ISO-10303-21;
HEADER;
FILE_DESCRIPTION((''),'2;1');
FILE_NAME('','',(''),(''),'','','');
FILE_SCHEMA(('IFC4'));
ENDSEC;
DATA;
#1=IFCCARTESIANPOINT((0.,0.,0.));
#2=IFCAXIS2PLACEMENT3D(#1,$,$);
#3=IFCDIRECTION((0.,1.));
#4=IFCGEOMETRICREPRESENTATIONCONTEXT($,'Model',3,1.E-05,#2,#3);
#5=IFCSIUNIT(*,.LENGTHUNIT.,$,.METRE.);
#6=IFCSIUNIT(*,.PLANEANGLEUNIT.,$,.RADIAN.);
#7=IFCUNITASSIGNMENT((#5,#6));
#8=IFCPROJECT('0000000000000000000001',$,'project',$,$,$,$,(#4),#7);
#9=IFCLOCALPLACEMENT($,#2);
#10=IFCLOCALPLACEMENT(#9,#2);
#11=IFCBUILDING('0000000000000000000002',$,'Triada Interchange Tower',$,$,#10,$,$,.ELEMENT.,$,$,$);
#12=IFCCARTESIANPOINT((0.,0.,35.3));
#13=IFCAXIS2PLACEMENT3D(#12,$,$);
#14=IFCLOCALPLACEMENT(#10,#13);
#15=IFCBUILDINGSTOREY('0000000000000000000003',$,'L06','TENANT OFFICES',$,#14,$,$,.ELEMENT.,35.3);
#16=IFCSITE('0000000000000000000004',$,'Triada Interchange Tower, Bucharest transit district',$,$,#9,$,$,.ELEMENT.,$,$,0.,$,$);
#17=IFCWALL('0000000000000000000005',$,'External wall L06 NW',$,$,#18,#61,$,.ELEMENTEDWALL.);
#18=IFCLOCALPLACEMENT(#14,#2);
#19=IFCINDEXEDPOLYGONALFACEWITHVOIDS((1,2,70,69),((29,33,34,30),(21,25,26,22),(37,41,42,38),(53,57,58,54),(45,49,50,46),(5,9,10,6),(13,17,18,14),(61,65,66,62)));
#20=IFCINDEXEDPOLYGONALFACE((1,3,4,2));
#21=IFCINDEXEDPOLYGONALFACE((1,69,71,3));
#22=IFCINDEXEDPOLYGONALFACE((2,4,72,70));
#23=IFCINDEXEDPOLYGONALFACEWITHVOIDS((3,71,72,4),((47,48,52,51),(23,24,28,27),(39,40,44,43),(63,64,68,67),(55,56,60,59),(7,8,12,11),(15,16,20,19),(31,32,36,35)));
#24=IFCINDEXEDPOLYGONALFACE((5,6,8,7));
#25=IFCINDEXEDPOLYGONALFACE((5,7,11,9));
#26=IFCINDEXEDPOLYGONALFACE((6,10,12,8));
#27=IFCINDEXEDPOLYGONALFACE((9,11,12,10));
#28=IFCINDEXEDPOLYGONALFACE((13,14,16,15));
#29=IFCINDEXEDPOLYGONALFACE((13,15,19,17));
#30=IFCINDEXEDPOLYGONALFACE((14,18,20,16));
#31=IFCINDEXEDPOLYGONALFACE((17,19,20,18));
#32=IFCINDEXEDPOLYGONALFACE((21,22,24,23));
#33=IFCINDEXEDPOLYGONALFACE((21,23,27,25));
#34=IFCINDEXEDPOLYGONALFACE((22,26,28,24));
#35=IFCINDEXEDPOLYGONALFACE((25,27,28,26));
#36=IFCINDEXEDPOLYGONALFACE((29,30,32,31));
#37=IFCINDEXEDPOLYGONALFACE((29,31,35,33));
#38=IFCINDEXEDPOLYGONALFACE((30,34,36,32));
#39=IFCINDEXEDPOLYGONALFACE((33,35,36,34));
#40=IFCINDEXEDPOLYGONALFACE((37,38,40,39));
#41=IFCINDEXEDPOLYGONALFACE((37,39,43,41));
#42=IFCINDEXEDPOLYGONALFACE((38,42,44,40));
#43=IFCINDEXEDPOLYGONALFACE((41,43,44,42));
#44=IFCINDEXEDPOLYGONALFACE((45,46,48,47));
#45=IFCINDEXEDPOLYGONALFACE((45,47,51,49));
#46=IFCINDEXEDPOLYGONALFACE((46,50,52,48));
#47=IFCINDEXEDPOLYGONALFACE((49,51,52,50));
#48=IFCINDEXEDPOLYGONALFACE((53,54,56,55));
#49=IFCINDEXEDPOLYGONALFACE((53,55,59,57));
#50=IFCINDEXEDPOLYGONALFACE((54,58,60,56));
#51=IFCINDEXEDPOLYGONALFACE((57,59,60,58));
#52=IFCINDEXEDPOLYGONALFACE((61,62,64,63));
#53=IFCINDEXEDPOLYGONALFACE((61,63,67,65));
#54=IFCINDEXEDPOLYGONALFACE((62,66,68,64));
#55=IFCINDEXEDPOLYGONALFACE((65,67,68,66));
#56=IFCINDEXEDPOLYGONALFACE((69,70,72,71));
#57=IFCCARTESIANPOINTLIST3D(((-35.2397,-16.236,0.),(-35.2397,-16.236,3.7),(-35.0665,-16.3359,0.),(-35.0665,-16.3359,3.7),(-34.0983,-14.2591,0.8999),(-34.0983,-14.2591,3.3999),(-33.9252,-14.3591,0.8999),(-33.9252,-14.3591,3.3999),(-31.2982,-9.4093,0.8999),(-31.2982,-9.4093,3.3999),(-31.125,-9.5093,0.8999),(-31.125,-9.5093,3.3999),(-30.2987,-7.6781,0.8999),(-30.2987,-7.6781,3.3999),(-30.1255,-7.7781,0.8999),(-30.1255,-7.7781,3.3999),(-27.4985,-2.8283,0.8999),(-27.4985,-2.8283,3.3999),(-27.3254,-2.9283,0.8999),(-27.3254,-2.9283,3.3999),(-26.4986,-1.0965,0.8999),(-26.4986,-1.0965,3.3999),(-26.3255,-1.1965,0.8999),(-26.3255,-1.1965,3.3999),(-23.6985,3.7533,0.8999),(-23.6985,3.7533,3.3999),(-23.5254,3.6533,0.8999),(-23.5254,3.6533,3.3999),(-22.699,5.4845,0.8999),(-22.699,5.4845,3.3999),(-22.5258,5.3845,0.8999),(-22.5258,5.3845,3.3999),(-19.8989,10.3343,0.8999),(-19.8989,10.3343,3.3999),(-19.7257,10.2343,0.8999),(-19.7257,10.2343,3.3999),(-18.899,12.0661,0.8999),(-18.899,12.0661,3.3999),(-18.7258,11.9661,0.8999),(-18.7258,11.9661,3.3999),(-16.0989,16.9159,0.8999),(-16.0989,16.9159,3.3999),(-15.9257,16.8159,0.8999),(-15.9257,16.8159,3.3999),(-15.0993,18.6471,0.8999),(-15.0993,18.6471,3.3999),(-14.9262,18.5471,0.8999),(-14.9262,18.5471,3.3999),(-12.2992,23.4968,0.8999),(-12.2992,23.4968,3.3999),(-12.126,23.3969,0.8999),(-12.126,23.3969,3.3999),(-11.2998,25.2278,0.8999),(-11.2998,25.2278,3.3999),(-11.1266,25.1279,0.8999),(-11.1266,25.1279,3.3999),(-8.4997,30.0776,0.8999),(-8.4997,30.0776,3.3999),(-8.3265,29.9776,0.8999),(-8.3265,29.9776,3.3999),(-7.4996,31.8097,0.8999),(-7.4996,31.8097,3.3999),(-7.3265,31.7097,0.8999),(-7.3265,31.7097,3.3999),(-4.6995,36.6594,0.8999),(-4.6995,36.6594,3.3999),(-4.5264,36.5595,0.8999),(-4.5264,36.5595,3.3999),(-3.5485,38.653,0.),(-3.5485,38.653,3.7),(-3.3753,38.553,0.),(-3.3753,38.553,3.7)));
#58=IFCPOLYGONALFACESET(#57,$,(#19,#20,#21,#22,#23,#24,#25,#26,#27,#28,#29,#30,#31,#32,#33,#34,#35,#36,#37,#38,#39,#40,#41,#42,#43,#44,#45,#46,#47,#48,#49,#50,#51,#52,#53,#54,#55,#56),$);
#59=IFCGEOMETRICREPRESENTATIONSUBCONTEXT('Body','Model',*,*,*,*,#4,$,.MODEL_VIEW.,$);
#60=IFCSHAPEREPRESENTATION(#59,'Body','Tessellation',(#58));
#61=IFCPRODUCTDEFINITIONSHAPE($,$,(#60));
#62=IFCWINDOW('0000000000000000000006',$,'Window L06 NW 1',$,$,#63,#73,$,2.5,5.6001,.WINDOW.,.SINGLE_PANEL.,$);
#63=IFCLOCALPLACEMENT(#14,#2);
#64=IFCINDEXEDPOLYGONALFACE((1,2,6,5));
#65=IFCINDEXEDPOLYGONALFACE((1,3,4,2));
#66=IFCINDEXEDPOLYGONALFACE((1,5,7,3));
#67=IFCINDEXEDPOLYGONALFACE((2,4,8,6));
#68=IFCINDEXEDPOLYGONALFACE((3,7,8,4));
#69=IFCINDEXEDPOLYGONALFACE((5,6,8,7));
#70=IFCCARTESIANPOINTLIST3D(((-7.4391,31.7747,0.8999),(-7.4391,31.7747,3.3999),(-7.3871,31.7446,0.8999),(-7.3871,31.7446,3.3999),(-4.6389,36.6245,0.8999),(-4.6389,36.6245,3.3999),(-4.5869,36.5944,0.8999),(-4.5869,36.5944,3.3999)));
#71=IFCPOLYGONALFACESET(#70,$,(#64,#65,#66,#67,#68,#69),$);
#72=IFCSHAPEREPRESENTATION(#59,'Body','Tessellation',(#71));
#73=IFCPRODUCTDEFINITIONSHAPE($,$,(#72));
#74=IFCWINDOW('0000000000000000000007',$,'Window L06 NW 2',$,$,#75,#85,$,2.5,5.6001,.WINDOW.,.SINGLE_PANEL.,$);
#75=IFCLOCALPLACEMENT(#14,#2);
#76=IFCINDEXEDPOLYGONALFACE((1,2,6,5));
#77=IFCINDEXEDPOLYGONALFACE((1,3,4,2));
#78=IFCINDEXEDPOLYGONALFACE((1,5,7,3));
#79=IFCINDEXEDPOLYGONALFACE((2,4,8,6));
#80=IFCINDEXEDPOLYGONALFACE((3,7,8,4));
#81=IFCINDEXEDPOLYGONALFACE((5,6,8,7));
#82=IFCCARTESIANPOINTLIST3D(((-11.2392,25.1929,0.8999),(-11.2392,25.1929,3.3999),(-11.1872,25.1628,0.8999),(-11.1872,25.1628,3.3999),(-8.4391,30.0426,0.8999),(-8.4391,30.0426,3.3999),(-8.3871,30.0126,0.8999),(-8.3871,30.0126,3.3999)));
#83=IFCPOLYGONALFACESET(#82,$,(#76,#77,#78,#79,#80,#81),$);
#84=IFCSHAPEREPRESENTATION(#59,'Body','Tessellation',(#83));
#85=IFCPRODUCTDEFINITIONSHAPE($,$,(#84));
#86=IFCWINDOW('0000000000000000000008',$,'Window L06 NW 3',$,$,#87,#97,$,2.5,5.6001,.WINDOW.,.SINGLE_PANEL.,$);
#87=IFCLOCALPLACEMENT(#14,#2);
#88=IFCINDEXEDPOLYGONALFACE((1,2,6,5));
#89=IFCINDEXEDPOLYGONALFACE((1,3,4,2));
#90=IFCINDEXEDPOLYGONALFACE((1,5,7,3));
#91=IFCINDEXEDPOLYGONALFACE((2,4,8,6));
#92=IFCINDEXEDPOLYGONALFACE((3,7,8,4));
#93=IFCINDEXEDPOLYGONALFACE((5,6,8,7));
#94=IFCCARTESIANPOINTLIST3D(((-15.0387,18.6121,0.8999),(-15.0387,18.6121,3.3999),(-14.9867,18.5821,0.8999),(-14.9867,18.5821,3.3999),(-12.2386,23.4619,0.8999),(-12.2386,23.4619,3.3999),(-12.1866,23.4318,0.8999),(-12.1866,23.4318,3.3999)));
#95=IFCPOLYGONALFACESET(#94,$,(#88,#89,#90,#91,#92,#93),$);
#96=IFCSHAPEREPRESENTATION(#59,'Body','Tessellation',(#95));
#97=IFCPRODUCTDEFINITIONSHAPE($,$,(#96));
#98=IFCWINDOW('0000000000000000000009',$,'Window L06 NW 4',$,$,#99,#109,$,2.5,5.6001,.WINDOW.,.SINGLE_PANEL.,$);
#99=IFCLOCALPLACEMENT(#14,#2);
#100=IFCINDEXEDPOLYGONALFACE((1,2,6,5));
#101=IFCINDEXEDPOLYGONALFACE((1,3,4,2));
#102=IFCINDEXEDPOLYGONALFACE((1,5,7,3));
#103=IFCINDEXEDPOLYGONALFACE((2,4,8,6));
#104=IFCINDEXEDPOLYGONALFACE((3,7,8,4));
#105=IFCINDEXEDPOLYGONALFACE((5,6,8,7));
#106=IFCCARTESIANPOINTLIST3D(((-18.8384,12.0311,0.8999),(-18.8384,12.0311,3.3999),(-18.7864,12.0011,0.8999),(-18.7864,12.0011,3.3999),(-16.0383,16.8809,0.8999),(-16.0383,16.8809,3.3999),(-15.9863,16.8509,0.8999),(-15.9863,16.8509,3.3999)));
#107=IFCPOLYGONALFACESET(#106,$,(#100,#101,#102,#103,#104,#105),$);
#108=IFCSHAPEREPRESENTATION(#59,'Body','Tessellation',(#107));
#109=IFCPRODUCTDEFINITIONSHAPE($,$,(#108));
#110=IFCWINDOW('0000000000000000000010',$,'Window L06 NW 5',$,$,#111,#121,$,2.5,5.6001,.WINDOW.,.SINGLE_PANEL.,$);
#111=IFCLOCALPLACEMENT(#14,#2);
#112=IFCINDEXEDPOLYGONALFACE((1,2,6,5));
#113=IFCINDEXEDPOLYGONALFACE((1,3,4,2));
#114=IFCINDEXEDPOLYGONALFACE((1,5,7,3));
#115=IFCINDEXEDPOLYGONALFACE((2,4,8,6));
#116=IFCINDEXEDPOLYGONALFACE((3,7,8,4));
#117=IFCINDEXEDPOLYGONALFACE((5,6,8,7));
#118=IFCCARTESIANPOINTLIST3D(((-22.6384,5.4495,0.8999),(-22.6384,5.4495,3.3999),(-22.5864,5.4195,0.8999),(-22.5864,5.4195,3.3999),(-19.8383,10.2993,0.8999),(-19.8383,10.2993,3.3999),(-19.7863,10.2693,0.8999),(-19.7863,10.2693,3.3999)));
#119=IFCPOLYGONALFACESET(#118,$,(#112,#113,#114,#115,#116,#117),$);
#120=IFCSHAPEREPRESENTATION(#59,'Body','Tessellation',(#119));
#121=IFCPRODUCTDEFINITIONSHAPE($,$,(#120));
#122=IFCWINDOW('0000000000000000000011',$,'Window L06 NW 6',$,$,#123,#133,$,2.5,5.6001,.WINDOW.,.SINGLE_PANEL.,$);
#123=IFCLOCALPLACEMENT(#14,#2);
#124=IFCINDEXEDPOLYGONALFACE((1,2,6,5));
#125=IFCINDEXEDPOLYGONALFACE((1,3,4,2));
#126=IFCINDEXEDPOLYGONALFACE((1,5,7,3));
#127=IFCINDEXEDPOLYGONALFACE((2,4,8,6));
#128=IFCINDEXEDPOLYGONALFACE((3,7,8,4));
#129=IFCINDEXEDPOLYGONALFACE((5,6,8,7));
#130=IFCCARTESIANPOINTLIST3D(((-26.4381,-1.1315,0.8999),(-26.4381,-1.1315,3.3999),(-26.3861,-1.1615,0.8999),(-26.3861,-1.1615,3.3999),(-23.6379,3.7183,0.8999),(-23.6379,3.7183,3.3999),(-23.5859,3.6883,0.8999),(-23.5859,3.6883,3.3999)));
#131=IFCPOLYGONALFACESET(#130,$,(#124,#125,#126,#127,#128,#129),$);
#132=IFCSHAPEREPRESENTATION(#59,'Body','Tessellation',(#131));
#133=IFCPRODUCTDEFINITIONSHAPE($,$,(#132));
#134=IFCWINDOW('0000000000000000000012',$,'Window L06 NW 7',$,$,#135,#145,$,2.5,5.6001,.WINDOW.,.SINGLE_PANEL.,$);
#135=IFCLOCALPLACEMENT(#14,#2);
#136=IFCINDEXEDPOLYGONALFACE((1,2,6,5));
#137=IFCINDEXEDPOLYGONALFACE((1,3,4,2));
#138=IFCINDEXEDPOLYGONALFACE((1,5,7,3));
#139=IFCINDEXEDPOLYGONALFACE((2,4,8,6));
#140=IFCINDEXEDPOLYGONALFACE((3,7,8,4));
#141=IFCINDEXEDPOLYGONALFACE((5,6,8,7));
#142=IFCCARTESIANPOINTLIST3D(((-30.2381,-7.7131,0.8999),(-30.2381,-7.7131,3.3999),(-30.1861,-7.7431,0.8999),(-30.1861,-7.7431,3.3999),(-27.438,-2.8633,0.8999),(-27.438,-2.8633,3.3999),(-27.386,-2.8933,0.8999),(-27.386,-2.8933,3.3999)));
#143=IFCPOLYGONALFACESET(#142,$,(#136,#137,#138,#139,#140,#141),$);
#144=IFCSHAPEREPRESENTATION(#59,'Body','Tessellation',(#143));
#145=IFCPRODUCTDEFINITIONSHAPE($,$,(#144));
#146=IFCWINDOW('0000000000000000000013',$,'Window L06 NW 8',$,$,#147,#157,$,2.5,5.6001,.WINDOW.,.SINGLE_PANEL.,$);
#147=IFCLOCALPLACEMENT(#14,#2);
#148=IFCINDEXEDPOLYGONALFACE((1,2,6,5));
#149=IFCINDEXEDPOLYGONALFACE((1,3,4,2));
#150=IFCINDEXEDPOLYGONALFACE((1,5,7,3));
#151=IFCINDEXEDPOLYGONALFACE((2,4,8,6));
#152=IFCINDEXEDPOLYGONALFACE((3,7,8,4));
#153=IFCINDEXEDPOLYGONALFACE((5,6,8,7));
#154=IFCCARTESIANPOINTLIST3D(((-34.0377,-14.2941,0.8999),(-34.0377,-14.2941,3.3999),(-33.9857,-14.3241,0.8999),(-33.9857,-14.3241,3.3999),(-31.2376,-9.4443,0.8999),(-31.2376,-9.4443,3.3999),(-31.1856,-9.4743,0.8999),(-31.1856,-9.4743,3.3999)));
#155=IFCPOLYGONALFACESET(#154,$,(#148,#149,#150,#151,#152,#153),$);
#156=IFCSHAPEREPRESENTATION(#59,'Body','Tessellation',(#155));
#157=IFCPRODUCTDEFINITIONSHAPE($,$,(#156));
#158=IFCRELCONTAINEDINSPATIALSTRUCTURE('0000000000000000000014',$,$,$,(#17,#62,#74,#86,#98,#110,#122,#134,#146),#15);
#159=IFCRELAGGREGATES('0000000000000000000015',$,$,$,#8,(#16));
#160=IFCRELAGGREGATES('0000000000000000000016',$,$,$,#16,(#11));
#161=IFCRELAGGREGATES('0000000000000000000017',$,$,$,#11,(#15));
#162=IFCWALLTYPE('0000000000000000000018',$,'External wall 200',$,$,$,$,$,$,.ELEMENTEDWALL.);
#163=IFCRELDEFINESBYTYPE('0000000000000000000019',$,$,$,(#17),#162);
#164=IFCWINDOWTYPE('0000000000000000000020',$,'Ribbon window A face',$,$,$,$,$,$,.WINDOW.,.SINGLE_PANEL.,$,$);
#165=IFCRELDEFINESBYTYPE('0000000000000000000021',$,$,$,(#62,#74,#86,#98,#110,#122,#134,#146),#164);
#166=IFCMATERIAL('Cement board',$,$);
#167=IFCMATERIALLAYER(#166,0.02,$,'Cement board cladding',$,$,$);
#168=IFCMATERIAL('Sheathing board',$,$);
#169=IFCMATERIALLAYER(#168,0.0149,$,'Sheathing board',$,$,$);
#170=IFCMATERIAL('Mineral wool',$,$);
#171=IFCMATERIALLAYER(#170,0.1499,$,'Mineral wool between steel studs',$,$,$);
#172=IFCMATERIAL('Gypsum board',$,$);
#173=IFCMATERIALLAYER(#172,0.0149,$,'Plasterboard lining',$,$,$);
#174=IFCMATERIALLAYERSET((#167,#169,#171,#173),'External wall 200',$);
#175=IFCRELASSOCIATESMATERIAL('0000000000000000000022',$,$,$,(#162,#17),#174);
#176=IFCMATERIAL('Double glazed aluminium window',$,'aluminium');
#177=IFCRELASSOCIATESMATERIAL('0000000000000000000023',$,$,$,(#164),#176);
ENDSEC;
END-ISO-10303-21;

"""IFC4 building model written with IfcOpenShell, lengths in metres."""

from ifc_helpers import new_model, si_unit, direction, frame, frame_2d, origin, place, context, subcontext, project, spatial, rectangle, extrude, material, layer, layer_set, layer_usage, type_object, element, fill, save


model = new_model("IFC4")

# Units and contexts
model_context = context("Model", 3, precision=1e-05, world=origin(), true_north=direction((0.0, 1.0)))
body_context = subcontext(model_context, "Body", "Model", "MODEL_VIEW")
ifc_project = project(units=[si_unit("LENGTHUNIT", "METRE"), si_unit("PLANEANGLEUNIT", "RADIAN")], contexts=[model_context])

# Site, building, storey
site_placement = place(None, origin())
site = spatial("IfcSite", under=ifc_project, at=site_placement, Name="Triada Interchange Tower, Bucharest transit district", CompositionType="ELEMENT", RefElevation=0.0)
building_placement = place(site_placement, origin())
building = spatial("IfcBuilding", under=site, at=building_placement, Name="Triada Interchange Tower", CompositionType="ELEMENT")
storey_placement = place(building_placement, frame((0.0, 0.0, 35.3)))
storey = spatial("IfcBuildingStorey", under=building, at=storey_placement, Name="L06", Description="TENANT OFFICES", CompositionType="ELEMENT", Elevation=35.3)

# Wall, openings, windows
ifc_material_1 = material(Name="Cement board")
ifc_layer_1 = layer(ifc_material_1, 0.02, Name="Cement board cladding")
ifc_material_2 = material(Name="Sheathing board")
ifc_layer_2 = layer(ifc_material_2, 0.0149, Name="Sheathing board")
ifc_material_3 = material(Name="Mineral wool")
ifc_layer_3 = layer(ifc_material_3, 0.1499, Name="Mineral wool between steel studs")
ifc_material_4 = material(Name="Gypsum board")
ifc_layer_4 = layer(ifc_material_4, 0.0149, Name="Plasterboard lining")
ifc_layer_set_1 = layer_set([ifc_layer_1, ifc_layer_2, ifc_layer_3, ifc_layer_4], Name="External wall 200")
ifc_layer_usage = layer_usage(ifc_layer_set_1, "AXIS2", "POSITIVE", -0.1001)
wall_type_1 = type_object("IfcWallType", Name="External wall 200", PredefinedType="ELEMENTEDWALL", material=ifc_layer_set_1)
wall_1_placement = place(storey_placement, frame((-3.4619, 38.603, 0.0), z_axis=(0.0, 0.0, 1.0), x_axis=(-0.500012, -0.866018, 0.0)))
wall_1 = element("IfcWall", 1, at=wall_1_placement, inside=storey, type_object=wall_type_1, material=ifc_layer_usage, Name="External wall L06 NW", PredefinedType="ELEMENTEDWALL", context=body_context, shape_type="SweptSolid", body=[
    extrude(rectangle(XDim=63.3809, YDim=0.2, at=frame_2d((31.6904, 0.0))), origin(), (0.0, 0.0, 1.0), 3.7),
])
opening_1_placement = place(wall_1_placement, frame((2.302, 0.0, 0.8999)))
opening_1 = element("IfcOpeningElement", 2, at=opening_1_placement, cuts=wall_1, PredefinedType="OPENING", context=body_context, shape_type="SweptSolid", body=[
    extrude(rectangle(XDim=5.6001, YDim=2.5, at=frame_2d((2.8, 1.25))), frame((0.0, 0.1099, 0.0), z_axis=(0.0, -1.0, 0.0), x_axis=(1.0, 0.0, 0.0)), (0.0, 0.0, 1.0), 0.22),
])
opening_2_placement = place(wall_1_placement, frame((9.9021, 0.0, 0.8999)))
opening_2 = element("IfcOpeningElement", 3, at=opening_2_placement, cuts=wall_1, PredefinedType="OPENING", context=body_context, shape_type="SweptSolid", body=[
    extrude(rectangle(XDim=5.6001, YDim=2.5, at=frame_2d((2.8, 1.25))), frame((0.0, 0.1099, 0.0), z_axis=(0.0, -1.0, 0.0), x_axis=(1.0, 0.0, 0.0)), (0.0, 0.0, 1.0), 0.22),
])
opening_3_placement = place(wall_1_placement, frame((17.501, 0.0, 0.8999)))
opening_3 = element("IfcOpeningElement", 4, at=opening_3_placement, cuts=wall_1, PredefinedType="OPENING", context=body_context, shape_type="SweptSolid", body=[
    extrude(rectangle(XDim=5.6001, YDim=2.5, at=frame_2d((2.8, 1.25))), frame((0.0, 0.1099, 0.0), z_axis=(0.0, -1.0, 0.0), x_axis=(1.0, 0.0, 0.0)), (0.0, 0.0, 1.0), 0.22),
])
opening_4_placement = place(wall_1_placement, frame((25.1001, 0.0, 0.8999)))
opening_4 = element("IfcOpeningElement", 5, at=opening_4_placement, cuts=wall_1, PredefinedType="OPENING", context=body_context, shape_type="SweptSolid", body=[
    extrude(rectangle(XDim=5.6001, YDim=2.5, at=frame_2d((2.8, 1.25))), frame((0.0, 0.1099, 0.0), z_axis=(0.0, -1.0, 0.0), x_axis=(1.0, 0.0, 0.0)), (0.0, 0.0, 1.0), 0.22),
])
opening_5_placement = place(wall_1_placement, frame((32.7, 0.0, 0.8999)))
opening_5 = element("IfcOpeningElement", 6, at=opening_5_placement, cuts=wall_1, PredefinedType="OPENING", context=body_context, shape_type="SweptSolid", body=[
    extrude(rectangle(XDim=5.6001, YDim=2.5, at=frame_2d((2.8, 1.25))), frame((0.0, 0.1099, 0.0), z_axis=(0.0, -1.0, 0.0), x_axis=(1.0, 0.0, 0.0)), (0.0, 0.0, 1.0), 0.22),
])
opening_6_placement = place(wall_1_placement, frame((40.2991, 0.0, 0.8999)))
opening_6 = element("IfcOpeningElement", 7, at=opening_6_placement, cuts=wall_1, PredefinedType="OPENING", context=body_context, shape_type="SweptSolid", body=[
    extrude(rectangle(XDim=5.6001, YDim=2.5, at=frame_2d((2.8, 1.25))), frame((0.0, 0.1099, 0.0), z_axis=(0.0, -1.0, 0.0), x_axis=(1.0, 0.0, 0.0)), (0.0, 0.0, 1.0), 0.22),
])
opening_7_placement = place(wall_1_placement, frame((47.8989, 0.0, 0.8999)))
opening_7 = element("IfcOpeningElement", 8, at=opening_7_placement, cuts=wall_1, PredefinedType="OPENING", context=body_context, shape_type="SweptSolid", body=[
    extrude(rectangle(XDim=5.6001, YDim=2.5, at=frame_2d((2.8, 1.25))), frame((0.0, 0.1099, 0.0), z_axis=(0.0, -1.0, 0.0), x_axis=(1.0, 0.0, 0.0)), (0.0, 0.0, 1.0), 0.22),
])
opening_8_placement = place(wall_1_placement, frame((55.498, 0.0, 0.8999)))
opening_8 = element("IfcOpeningElement", 9, at=opening_8_placement, cuts=wall_1, PredefinedType="OPENING", context=body_context, shape_type="SweptSolid", body=[
    extrude(rectangle(XDim=5.6001, YDim=2.5, at=frame_2d((2.8, 1.25))), frame((0.0, 0.1099, 0.0), z_axis=(0.0, -1.0, 0.0), x_axis=(1.0, 0.0, 0.0)), (0.0, 0.0, 1.0), 0.22),
])
ifc_material_5 = material(Name="Double glazed aluminium window", Category="aluminium")
window_type = type_object("IfcWindowType", Name="Ribbon window A face", PartitioningType="SINGLE_PANEL", PredefinedType="WINDOW", material=ifc_material_5)
window_1_placement = place(opening_1_placement, origin())
window_1 = element("IfcWindow", 10, at=window_1_placement, inside=storey, type_object=window_type, Name="Window L06 NW 1", OverallHeight=2.5, OverallWidth=5.6001, PartitioningType="SINGLE_PANEL", PredefinedType="WINDOW", context=body_context, shape_type="SweptSolid", body=[
    extrude(rectangle(XDim=5.6001, YDim=2.5, at=frame_2d((2.8, 1.25))), frame((0.0, 0.03, 0.0), z_axis=(0.0, -1.0, 0.0), x_axis=(1.0, 0.0, 0.0)), (0.0, 0.0, 1.0), 0.0601),
])
fill(opening_1, window_1)
window_2_placement = place(opening_2_placement, origin())
window_2 = element("IfcWindow", 11, at=window_2_placement, inside=storey, type_object=window_type, Name="Window L06 NW 2", OverallHeight=2.5, OverallWidth=5.6001, PartitioningType="SINGLE_PANEL", PredefinedType="WINDOW", context=body_context, shape_type="SweptSolid", body=[
    extrude(rectangle(XDim=5.6001, YDim=2.5, at=frame_2d((2.8, 1.25))), frame((0.0, 0.03, 0.0), z_axis=(0.0, -1.0, 0.0), x_axis=(1.0, 0.0, 0.0)), (0.0, 0.0, 1.0), 0.0601),
])
fill(opening_2, window_2)
window_3_placement = place(opening_3_placement, origin())
window_3 = element("IfcWindow", 12, at=window_3_placement, inside=storey, type_object=window_type, Name="Window L06 NW 3", OverallHeight=2.5, OverallWidth=5.6001, PartitioningType="SINGLE_PANEL", PredefinedType="WINDOW", context=body_context, shape_type="SweptSolid", body=[
    extrude(rectangle(XDim=5.6001, YDim=2.5, at=frame_2d((2.8, 1.25))), frame((0.0, 0.03, 0.0), z_axis=(0.0, -1.0, 0.0), x_axis=(1.0, 0.0, 0.0)), (0.0, 0.0, 1.0), 0.0601),
])
fill(opening_3, window_3)
window_4_placement = place(opening_4_placement, origin())
window_4 = element("IfcWindow", 13, at=window_4_placement, inside=storey, type_object=window_type, Name="Window L06 NW 4", OverallHeight=2.5, OverallWidth=5.6001, PartitioningType="SINGLE_PANEL", PredefinedType="WINDOW", context=body_context, shape_type="SweptSolid", body=[
    extrude(rectangle(XDim=5.6001, YDim=2.5, at=frame_2d((2.8, 1.25))), frame((0.0, 0.03, 0.0), z_axis=(0.0, -1.0, 0.0), x_axis=(1.0, 0.0, 0.0)), (0.0, 0.0, 1.0), 0.0601),
])
fill(opening_4, window_4)
window_5_placement = place(opening_5_placement, origin())
window_5 = element("IfcWindow", 14, at=window_5_placement, inside=storey, type_object=window_type, Name="Window L06 NW 5", OverallHeight=2.5, OverallWidth=5.6001, PartitioningType="SINGLE_PANEL", PredefinedType="WINDOW", context=body_context, shape_type="SweptSolid", body=[
    extrude(rectangle(XDim=5.6001, YDim=2.5, at=frame_2d((2.8, 1.25))), frame((0.0, 0.03, 0.0), z_axis=(0.0, -1.0, 0.0), x_axis=(1.0, 0.0, 0.0)), (0.0, 0.0, 1.0), 0.0601),
])
fill(opening_5, window_5)
window_6_placement = place(opening_6_placement, origin())
window_6 = element("IfcWindow", 15, at=window_6_placement, inside=storey, type_object=window_type, Name="Window L06 NW 6", OverallHeight=2.5, OverallWidth=5.6001, PartitioningType="SINGLE_PANEL", PredefinedType="WINDOW", context=body_context, shape_type="SweptSolid", body=[
    extrude(rectangle(XDim=5.6001, YDim=2.5, at=frame_2d((2.8, 1.25))), frame((0.0, 0.03, 0.0), z_axis=(0.0, -1.0, 0.0), x_axis=(1.0, 0.0, 0.0)), (0.0, 0.0, 1.0), 0.0601),
])
fill(opening_6, window_6)
window_7_placement = place(opening_7_placement, origin())
window_7 = element("IfcWindow", 16, at=window_7_placement, inside=storey, type_object=window_type, Name="Window L06 NW 7", OverallHeight=2.5, OverallWidth=5.6001, PartitioningType="SINGLE_PANEL", PredefinedType="WINDOW", context=body_context, shape_type="SweptSolid", body=[
    extrude(rectangle(XDim=5.6001, YDim=2.5, at=frame_2d((2.8, 1.25))), frame((0.0, 0.03, 0.0), z_axis=(0.0, -1.0, 0.0), x_axis=(1.0, 0.0, 0.0)), (0.0, 0.0, 1.0), 0.0601),
])
fill(opening_7, window_7)
window_8_placement = place(opening_8_placement, origin())
window_8 = element("IfcWindow", 17, at=window_8_placement, inside=storey, type_object=window_type, Name="Window L06 NW 8", OverallHeight=2.5, OverallWidth=5.6001, PartitioningType="SINGLE_PANEL", PredefinedType="WINDOW", context=body_context, shape_type="SweptSolid", body=[
    extrude(rectangle(XDim=5.6001, YDim=2.5, at=frame_2d((2.8, 1.25))), frame((0.0, 0.03, 0.0), z_axis=(0.0, -1.0, 0.0), x_axis=(1.0, 0.0, 0.0)), (0.0, 0.0, 1.0), 0.0601),
])
fill(opening_8, window_8)

save(model, "model.ifc")
